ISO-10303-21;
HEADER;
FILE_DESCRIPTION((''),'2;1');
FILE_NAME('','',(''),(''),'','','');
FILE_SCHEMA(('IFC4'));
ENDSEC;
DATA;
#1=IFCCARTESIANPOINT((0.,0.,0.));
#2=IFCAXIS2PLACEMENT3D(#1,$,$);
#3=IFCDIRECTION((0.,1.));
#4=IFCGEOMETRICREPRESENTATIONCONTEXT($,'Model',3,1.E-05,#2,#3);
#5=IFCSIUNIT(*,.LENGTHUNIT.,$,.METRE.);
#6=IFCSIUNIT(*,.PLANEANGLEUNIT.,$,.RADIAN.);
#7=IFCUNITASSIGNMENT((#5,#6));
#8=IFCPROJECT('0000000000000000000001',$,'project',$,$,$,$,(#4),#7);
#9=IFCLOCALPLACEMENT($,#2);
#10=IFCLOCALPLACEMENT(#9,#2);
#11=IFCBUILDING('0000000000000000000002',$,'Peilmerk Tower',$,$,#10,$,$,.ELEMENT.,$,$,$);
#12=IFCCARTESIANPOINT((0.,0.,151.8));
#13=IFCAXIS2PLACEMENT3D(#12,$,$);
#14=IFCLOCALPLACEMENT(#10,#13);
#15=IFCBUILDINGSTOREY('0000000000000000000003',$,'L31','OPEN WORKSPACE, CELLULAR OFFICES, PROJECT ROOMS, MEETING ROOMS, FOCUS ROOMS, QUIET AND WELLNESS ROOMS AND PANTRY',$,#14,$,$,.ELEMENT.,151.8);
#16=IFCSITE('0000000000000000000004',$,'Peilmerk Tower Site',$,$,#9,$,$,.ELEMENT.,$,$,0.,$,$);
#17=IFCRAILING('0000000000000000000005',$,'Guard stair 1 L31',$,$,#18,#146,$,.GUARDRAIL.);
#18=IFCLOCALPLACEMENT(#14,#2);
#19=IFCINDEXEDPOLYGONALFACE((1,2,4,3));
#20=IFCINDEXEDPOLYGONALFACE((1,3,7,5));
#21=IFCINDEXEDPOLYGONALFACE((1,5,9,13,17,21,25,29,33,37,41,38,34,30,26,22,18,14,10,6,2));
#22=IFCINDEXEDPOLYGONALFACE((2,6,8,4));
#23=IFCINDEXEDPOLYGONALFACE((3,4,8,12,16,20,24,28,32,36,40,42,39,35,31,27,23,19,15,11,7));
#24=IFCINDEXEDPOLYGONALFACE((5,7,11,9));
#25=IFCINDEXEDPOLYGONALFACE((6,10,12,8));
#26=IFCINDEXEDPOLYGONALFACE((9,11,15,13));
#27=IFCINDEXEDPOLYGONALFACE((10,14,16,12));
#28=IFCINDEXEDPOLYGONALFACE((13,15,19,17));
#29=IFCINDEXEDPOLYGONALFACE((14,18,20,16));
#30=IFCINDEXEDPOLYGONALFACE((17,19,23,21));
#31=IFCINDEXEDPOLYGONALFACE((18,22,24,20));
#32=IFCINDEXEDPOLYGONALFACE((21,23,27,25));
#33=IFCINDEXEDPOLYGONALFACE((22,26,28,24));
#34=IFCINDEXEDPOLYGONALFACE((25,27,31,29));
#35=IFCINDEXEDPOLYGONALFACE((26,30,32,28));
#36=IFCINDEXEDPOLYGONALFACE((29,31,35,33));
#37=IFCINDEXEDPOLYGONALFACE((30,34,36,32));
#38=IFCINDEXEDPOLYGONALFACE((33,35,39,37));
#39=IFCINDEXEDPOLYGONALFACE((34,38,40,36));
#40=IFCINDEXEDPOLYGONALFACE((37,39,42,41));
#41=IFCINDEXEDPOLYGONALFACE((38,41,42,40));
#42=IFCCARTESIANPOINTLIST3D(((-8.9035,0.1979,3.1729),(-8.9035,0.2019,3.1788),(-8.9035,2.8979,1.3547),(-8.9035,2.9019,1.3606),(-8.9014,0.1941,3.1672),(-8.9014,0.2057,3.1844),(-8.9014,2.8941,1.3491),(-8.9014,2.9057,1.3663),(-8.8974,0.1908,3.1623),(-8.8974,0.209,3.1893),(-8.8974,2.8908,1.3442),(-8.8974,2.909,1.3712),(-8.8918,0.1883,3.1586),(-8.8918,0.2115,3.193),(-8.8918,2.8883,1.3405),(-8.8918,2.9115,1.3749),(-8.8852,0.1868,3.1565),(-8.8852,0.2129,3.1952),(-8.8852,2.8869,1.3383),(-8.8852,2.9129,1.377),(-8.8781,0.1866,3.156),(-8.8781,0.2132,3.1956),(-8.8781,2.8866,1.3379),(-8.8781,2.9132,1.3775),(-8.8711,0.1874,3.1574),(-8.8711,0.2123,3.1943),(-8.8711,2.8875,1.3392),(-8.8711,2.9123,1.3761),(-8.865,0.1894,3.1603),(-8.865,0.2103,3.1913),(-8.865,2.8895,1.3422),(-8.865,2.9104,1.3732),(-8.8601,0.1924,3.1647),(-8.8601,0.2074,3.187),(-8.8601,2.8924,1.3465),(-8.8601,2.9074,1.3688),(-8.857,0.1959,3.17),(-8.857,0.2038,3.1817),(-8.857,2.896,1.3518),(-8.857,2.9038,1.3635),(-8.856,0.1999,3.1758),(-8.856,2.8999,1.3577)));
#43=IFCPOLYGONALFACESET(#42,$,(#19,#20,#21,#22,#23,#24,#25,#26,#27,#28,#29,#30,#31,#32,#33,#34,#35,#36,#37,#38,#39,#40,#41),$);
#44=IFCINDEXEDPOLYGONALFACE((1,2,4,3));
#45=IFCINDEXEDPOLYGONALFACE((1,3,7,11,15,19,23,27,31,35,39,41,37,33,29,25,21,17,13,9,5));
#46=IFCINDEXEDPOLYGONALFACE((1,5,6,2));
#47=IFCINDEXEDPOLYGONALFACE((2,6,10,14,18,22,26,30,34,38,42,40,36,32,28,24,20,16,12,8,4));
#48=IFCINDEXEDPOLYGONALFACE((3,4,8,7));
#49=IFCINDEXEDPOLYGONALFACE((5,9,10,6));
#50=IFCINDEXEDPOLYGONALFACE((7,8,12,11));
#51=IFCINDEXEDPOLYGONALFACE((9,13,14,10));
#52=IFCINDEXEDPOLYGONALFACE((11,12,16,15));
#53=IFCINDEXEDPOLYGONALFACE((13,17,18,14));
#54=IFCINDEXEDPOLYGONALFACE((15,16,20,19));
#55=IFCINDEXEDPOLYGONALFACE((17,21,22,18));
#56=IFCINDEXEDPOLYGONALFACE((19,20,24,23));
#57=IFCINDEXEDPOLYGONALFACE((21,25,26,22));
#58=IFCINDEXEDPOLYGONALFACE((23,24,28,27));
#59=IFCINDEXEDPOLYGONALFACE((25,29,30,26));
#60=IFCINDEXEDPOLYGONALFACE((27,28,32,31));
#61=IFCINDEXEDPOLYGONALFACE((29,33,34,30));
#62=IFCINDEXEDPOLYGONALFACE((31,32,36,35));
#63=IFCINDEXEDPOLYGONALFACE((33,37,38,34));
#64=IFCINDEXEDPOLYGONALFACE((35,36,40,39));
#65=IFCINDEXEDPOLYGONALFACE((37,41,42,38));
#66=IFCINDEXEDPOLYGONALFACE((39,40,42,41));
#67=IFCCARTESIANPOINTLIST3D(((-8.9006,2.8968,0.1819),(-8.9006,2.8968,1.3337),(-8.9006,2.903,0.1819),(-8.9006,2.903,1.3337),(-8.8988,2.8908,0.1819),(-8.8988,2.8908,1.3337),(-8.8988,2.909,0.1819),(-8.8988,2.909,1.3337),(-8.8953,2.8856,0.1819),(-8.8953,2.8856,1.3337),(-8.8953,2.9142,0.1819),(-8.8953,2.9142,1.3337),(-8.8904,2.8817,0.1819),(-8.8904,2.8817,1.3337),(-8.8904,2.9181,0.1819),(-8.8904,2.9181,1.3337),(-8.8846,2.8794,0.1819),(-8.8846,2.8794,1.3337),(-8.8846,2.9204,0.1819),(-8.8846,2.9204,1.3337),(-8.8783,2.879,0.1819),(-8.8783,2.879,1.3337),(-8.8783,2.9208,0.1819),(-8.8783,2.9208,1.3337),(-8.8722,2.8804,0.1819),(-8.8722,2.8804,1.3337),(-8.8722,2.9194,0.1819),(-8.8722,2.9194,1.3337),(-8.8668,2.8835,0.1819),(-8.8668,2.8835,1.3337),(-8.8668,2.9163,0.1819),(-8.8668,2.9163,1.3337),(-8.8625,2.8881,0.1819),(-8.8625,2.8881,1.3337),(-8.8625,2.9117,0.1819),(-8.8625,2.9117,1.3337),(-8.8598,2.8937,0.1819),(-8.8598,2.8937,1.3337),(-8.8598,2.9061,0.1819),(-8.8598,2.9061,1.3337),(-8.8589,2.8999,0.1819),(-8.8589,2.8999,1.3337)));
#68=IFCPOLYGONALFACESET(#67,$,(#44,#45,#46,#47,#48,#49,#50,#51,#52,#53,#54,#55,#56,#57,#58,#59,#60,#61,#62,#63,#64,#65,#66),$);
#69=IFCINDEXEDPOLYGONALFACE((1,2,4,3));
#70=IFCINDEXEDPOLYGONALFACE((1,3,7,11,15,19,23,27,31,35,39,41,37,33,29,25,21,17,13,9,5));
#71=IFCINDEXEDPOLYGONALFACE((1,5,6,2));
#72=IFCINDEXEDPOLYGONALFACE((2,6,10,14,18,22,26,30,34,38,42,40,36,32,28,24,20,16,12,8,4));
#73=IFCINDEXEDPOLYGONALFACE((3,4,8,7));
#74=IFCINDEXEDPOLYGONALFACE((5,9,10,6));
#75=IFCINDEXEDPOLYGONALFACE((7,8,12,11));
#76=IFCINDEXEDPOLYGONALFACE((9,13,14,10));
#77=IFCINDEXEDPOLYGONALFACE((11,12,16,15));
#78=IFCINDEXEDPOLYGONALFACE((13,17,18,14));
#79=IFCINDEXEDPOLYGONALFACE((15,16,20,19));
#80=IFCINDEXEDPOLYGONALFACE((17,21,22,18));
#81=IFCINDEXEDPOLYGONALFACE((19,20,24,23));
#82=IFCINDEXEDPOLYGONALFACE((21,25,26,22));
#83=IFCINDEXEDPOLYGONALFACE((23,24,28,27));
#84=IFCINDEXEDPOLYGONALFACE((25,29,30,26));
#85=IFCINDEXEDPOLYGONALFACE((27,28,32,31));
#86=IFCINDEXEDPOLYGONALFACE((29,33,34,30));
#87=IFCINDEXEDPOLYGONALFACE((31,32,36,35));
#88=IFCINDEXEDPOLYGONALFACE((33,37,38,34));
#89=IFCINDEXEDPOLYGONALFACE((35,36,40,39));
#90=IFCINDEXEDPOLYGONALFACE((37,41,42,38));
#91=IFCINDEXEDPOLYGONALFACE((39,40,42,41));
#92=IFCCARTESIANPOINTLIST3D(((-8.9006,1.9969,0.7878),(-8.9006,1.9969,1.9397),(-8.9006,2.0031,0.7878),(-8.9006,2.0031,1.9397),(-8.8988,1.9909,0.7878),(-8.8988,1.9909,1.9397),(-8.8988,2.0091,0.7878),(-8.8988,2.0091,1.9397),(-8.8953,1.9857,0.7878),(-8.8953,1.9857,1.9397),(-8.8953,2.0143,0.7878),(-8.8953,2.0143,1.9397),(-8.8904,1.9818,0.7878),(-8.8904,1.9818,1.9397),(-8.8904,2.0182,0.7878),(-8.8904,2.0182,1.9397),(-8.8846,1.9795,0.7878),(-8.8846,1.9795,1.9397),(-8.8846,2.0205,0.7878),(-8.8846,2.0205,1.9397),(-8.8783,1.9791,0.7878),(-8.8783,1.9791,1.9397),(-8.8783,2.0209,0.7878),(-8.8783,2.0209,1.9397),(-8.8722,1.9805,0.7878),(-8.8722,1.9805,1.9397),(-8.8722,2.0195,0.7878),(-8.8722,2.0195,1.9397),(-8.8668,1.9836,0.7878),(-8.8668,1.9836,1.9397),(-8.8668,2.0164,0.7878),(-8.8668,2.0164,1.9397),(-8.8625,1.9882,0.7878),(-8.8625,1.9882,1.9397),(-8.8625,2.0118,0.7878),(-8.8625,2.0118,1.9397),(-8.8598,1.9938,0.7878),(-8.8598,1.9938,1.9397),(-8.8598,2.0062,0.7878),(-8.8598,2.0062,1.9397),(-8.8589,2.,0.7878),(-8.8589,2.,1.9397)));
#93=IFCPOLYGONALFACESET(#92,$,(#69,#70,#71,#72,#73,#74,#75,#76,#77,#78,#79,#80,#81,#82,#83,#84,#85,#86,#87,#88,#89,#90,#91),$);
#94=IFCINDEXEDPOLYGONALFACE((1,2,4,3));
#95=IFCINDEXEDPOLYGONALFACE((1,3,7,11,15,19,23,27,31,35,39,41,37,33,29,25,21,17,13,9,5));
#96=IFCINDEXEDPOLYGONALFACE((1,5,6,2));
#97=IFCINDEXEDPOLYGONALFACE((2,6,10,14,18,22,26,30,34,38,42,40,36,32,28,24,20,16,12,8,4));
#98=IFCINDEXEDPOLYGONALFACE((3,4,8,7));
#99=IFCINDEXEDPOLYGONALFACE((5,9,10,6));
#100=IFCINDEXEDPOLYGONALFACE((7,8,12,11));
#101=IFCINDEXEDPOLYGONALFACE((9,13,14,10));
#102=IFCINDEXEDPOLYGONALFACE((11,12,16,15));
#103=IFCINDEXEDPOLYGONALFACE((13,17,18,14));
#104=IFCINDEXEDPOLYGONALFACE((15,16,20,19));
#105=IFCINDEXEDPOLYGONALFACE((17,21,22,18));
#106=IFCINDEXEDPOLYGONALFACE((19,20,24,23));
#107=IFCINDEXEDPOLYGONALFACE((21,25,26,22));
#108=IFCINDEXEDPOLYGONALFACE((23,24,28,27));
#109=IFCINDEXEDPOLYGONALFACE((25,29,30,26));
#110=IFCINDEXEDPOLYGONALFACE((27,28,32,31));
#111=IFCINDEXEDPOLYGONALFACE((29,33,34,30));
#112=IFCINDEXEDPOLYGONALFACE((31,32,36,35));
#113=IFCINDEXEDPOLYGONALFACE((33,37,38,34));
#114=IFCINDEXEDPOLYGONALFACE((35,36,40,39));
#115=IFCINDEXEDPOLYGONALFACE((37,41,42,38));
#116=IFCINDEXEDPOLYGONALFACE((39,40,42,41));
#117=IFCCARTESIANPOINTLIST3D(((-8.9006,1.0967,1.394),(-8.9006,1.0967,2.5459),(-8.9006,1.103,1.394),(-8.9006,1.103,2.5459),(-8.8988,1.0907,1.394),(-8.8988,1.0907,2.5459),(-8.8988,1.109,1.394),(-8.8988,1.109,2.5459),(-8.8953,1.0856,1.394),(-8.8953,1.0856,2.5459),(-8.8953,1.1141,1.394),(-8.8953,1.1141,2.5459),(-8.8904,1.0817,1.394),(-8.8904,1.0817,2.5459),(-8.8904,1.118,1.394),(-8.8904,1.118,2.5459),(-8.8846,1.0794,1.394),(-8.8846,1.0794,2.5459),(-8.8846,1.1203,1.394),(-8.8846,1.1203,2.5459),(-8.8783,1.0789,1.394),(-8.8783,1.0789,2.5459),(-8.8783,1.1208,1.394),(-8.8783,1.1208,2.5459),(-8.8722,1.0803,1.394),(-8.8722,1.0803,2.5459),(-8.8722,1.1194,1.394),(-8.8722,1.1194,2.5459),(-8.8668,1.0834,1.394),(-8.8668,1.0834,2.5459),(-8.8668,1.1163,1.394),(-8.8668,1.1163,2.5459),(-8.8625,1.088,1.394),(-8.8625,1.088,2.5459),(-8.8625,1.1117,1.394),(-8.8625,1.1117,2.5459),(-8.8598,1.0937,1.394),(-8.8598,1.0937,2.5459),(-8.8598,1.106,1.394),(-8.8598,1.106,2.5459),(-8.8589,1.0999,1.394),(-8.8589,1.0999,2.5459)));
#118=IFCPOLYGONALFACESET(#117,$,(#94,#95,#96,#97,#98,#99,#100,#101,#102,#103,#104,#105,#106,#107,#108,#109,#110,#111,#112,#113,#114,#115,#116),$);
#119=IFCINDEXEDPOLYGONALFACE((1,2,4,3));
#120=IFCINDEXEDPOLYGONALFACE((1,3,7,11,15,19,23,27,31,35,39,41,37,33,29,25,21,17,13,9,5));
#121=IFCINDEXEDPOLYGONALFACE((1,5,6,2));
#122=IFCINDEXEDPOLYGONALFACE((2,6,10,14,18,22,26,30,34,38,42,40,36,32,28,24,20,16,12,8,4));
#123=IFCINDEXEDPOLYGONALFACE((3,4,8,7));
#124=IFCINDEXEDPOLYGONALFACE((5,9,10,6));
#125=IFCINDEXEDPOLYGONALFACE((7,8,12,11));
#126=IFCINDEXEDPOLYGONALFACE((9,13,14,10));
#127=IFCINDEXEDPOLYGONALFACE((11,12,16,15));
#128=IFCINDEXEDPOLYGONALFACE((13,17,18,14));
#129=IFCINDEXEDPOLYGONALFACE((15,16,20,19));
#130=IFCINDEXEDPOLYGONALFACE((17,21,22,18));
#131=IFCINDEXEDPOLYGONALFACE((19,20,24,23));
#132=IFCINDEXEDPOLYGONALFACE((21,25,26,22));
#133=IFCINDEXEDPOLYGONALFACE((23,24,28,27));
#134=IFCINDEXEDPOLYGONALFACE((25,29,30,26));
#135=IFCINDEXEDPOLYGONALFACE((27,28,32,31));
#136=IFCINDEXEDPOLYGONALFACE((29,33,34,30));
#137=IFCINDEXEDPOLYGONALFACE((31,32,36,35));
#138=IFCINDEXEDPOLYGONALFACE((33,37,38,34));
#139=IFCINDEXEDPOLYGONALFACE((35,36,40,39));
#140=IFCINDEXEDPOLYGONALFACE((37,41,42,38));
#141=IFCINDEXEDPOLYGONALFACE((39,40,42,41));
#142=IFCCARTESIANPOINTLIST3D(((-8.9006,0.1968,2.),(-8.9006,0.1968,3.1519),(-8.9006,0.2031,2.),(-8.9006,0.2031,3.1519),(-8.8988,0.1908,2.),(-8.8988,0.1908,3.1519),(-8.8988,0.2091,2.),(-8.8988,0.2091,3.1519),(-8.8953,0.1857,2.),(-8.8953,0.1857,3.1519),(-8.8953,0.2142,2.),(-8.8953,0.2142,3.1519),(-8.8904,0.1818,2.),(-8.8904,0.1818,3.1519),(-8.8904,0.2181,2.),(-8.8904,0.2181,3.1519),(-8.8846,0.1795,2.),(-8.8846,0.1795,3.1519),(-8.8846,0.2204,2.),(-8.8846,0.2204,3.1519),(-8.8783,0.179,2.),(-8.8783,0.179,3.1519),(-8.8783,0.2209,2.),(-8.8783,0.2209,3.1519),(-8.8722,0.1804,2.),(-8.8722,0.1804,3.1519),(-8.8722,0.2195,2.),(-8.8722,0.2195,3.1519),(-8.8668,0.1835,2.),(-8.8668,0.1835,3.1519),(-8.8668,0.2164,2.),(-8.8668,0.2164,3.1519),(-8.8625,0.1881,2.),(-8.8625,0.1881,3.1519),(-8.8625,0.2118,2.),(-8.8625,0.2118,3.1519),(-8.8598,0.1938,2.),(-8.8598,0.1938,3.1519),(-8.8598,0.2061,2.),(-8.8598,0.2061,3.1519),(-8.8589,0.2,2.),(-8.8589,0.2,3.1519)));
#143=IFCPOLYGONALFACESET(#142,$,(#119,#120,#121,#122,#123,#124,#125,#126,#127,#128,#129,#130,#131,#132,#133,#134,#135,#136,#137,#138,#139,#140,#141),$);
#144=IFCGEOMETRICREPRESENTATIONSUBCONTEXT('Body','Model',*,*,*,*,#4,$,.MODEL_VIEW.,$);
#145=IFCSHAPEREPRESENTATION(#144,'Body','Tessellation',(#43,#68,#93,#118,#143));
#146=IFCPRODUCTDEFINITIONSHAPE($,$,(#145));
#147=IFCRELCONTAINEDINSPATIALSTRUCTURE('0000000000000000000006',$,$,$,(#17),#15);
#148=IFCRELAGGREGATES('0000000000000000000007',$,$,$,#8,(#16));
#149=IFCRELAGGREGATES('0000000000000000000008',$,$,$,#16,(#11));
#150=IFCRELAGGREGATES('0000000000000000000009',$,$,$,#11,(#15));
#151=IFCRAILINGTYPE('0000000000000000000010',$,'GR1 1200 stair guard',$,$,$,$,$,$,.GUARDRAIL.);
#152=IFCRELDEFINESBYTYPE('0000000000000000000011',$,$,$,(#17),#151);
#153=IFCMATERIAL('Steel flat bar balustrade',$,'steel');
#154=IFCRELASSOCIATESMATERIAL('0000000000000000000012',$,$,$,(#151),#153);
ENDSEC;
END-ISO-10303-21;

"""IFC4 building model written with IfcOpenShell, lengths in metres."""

from ifc_helpers import new_model, si_unit, direction, frame, origin, origin_2d, place, context, subcontext, project, spatial, circle, extrude, material, type_object, element, save


model = new_model("IFC4")

# Units and contexts
model_context = context("Model", 3, precision=1e-05, world=origin(), true_north=direction((0.0, 1.0)))
body_context = subcontext(model_context, "Body", "Model", "MODEL_VIEW")
ifc_project = project(units=[si_unit("LENGTHUNIT", "METRE"), si_unit("PLANEANGLEUNIT", "RADIAN")], contexts=[model_context])

# Site, building, storey
site_placement = place(None, origin())
site = spatial("IfcSite", under=ifc_project, at=site_placement, Name="Peilmerk Tower Site", CompositionType="ELEMENT", RefElevation=0.0)
building_placement = place(site_placement, origin())
building = spatial("IfcBuilding", under=site, at=building_placement, Name="Peilmerk Tower", CompositionType="ELEMENT")
storey_placement = place(building_placement, frame((0.0, 0.0, 151.8)))
storey = spatial("IfcBuildingStorey", under=building, at=storey_placement, Name="L31", Description="OPEN WORKSPACE, CELLULAR OFFICES, PROJECT ROOMS, MEETING ROOMS, FOCUS ROOMS, QUIET AND WELLNESS ROOMS AND PANTRY", CompositionType="ELEMENT", Elevation=151.8)

# Railing
ifc_material_1 = material(Name="Steel flat bar balustrade", Category="steel")
railing_type_1 = type_object("IfcRailingType", Name="GR1 1200 stair guard", PredefinedType="GUARDRAIL", material=ifc_material_1)
railing_1_placement = place(storey_placement, frame((-8.8799, 2.8999, 0.1819)))
element("IfcRailing", 1, at=railing_1_placement, inside=storey, type_object=railing_type_1, Name="Guard stair 1 L31", PredefinedType="GUARDRAIL", context=body_context, shape_type="SweptSolid", body=[
    extrude(circle(Radius=0.0239, at=origin_2d()), frame((0.0, 0.0, 1.1758), z_axis=(0.0, -0.829468, 0.558554), x_axis=(1.0, 0.0, 0.0)), (0.0, 0.0, 1.0), 3.2551),
    extrude(circle(Radius=0.021, at=origin_2d()), origin(), (0.0, 0.0, 1.0), 1.1519),
    extrude(circle(Radius=0.021, at=origin_2d()), frame((0.0, -0.8999, 0.606)), (0.0, 0.0, 1.0), 1.1519),
    extrude(circle(Radius=0.021, at=origin_2d()), frame((0.0, -1.8, 1.2122)), (0.0, 0.0, 1.0), 1.1519),
    extrude(circle(Radius=0.021, at=origin_2d()), frame((0.0, -2.7, 1.8181)), (0.0, 0.0, 1.0), 1.1519),
])

save(model, "model.ifc")
